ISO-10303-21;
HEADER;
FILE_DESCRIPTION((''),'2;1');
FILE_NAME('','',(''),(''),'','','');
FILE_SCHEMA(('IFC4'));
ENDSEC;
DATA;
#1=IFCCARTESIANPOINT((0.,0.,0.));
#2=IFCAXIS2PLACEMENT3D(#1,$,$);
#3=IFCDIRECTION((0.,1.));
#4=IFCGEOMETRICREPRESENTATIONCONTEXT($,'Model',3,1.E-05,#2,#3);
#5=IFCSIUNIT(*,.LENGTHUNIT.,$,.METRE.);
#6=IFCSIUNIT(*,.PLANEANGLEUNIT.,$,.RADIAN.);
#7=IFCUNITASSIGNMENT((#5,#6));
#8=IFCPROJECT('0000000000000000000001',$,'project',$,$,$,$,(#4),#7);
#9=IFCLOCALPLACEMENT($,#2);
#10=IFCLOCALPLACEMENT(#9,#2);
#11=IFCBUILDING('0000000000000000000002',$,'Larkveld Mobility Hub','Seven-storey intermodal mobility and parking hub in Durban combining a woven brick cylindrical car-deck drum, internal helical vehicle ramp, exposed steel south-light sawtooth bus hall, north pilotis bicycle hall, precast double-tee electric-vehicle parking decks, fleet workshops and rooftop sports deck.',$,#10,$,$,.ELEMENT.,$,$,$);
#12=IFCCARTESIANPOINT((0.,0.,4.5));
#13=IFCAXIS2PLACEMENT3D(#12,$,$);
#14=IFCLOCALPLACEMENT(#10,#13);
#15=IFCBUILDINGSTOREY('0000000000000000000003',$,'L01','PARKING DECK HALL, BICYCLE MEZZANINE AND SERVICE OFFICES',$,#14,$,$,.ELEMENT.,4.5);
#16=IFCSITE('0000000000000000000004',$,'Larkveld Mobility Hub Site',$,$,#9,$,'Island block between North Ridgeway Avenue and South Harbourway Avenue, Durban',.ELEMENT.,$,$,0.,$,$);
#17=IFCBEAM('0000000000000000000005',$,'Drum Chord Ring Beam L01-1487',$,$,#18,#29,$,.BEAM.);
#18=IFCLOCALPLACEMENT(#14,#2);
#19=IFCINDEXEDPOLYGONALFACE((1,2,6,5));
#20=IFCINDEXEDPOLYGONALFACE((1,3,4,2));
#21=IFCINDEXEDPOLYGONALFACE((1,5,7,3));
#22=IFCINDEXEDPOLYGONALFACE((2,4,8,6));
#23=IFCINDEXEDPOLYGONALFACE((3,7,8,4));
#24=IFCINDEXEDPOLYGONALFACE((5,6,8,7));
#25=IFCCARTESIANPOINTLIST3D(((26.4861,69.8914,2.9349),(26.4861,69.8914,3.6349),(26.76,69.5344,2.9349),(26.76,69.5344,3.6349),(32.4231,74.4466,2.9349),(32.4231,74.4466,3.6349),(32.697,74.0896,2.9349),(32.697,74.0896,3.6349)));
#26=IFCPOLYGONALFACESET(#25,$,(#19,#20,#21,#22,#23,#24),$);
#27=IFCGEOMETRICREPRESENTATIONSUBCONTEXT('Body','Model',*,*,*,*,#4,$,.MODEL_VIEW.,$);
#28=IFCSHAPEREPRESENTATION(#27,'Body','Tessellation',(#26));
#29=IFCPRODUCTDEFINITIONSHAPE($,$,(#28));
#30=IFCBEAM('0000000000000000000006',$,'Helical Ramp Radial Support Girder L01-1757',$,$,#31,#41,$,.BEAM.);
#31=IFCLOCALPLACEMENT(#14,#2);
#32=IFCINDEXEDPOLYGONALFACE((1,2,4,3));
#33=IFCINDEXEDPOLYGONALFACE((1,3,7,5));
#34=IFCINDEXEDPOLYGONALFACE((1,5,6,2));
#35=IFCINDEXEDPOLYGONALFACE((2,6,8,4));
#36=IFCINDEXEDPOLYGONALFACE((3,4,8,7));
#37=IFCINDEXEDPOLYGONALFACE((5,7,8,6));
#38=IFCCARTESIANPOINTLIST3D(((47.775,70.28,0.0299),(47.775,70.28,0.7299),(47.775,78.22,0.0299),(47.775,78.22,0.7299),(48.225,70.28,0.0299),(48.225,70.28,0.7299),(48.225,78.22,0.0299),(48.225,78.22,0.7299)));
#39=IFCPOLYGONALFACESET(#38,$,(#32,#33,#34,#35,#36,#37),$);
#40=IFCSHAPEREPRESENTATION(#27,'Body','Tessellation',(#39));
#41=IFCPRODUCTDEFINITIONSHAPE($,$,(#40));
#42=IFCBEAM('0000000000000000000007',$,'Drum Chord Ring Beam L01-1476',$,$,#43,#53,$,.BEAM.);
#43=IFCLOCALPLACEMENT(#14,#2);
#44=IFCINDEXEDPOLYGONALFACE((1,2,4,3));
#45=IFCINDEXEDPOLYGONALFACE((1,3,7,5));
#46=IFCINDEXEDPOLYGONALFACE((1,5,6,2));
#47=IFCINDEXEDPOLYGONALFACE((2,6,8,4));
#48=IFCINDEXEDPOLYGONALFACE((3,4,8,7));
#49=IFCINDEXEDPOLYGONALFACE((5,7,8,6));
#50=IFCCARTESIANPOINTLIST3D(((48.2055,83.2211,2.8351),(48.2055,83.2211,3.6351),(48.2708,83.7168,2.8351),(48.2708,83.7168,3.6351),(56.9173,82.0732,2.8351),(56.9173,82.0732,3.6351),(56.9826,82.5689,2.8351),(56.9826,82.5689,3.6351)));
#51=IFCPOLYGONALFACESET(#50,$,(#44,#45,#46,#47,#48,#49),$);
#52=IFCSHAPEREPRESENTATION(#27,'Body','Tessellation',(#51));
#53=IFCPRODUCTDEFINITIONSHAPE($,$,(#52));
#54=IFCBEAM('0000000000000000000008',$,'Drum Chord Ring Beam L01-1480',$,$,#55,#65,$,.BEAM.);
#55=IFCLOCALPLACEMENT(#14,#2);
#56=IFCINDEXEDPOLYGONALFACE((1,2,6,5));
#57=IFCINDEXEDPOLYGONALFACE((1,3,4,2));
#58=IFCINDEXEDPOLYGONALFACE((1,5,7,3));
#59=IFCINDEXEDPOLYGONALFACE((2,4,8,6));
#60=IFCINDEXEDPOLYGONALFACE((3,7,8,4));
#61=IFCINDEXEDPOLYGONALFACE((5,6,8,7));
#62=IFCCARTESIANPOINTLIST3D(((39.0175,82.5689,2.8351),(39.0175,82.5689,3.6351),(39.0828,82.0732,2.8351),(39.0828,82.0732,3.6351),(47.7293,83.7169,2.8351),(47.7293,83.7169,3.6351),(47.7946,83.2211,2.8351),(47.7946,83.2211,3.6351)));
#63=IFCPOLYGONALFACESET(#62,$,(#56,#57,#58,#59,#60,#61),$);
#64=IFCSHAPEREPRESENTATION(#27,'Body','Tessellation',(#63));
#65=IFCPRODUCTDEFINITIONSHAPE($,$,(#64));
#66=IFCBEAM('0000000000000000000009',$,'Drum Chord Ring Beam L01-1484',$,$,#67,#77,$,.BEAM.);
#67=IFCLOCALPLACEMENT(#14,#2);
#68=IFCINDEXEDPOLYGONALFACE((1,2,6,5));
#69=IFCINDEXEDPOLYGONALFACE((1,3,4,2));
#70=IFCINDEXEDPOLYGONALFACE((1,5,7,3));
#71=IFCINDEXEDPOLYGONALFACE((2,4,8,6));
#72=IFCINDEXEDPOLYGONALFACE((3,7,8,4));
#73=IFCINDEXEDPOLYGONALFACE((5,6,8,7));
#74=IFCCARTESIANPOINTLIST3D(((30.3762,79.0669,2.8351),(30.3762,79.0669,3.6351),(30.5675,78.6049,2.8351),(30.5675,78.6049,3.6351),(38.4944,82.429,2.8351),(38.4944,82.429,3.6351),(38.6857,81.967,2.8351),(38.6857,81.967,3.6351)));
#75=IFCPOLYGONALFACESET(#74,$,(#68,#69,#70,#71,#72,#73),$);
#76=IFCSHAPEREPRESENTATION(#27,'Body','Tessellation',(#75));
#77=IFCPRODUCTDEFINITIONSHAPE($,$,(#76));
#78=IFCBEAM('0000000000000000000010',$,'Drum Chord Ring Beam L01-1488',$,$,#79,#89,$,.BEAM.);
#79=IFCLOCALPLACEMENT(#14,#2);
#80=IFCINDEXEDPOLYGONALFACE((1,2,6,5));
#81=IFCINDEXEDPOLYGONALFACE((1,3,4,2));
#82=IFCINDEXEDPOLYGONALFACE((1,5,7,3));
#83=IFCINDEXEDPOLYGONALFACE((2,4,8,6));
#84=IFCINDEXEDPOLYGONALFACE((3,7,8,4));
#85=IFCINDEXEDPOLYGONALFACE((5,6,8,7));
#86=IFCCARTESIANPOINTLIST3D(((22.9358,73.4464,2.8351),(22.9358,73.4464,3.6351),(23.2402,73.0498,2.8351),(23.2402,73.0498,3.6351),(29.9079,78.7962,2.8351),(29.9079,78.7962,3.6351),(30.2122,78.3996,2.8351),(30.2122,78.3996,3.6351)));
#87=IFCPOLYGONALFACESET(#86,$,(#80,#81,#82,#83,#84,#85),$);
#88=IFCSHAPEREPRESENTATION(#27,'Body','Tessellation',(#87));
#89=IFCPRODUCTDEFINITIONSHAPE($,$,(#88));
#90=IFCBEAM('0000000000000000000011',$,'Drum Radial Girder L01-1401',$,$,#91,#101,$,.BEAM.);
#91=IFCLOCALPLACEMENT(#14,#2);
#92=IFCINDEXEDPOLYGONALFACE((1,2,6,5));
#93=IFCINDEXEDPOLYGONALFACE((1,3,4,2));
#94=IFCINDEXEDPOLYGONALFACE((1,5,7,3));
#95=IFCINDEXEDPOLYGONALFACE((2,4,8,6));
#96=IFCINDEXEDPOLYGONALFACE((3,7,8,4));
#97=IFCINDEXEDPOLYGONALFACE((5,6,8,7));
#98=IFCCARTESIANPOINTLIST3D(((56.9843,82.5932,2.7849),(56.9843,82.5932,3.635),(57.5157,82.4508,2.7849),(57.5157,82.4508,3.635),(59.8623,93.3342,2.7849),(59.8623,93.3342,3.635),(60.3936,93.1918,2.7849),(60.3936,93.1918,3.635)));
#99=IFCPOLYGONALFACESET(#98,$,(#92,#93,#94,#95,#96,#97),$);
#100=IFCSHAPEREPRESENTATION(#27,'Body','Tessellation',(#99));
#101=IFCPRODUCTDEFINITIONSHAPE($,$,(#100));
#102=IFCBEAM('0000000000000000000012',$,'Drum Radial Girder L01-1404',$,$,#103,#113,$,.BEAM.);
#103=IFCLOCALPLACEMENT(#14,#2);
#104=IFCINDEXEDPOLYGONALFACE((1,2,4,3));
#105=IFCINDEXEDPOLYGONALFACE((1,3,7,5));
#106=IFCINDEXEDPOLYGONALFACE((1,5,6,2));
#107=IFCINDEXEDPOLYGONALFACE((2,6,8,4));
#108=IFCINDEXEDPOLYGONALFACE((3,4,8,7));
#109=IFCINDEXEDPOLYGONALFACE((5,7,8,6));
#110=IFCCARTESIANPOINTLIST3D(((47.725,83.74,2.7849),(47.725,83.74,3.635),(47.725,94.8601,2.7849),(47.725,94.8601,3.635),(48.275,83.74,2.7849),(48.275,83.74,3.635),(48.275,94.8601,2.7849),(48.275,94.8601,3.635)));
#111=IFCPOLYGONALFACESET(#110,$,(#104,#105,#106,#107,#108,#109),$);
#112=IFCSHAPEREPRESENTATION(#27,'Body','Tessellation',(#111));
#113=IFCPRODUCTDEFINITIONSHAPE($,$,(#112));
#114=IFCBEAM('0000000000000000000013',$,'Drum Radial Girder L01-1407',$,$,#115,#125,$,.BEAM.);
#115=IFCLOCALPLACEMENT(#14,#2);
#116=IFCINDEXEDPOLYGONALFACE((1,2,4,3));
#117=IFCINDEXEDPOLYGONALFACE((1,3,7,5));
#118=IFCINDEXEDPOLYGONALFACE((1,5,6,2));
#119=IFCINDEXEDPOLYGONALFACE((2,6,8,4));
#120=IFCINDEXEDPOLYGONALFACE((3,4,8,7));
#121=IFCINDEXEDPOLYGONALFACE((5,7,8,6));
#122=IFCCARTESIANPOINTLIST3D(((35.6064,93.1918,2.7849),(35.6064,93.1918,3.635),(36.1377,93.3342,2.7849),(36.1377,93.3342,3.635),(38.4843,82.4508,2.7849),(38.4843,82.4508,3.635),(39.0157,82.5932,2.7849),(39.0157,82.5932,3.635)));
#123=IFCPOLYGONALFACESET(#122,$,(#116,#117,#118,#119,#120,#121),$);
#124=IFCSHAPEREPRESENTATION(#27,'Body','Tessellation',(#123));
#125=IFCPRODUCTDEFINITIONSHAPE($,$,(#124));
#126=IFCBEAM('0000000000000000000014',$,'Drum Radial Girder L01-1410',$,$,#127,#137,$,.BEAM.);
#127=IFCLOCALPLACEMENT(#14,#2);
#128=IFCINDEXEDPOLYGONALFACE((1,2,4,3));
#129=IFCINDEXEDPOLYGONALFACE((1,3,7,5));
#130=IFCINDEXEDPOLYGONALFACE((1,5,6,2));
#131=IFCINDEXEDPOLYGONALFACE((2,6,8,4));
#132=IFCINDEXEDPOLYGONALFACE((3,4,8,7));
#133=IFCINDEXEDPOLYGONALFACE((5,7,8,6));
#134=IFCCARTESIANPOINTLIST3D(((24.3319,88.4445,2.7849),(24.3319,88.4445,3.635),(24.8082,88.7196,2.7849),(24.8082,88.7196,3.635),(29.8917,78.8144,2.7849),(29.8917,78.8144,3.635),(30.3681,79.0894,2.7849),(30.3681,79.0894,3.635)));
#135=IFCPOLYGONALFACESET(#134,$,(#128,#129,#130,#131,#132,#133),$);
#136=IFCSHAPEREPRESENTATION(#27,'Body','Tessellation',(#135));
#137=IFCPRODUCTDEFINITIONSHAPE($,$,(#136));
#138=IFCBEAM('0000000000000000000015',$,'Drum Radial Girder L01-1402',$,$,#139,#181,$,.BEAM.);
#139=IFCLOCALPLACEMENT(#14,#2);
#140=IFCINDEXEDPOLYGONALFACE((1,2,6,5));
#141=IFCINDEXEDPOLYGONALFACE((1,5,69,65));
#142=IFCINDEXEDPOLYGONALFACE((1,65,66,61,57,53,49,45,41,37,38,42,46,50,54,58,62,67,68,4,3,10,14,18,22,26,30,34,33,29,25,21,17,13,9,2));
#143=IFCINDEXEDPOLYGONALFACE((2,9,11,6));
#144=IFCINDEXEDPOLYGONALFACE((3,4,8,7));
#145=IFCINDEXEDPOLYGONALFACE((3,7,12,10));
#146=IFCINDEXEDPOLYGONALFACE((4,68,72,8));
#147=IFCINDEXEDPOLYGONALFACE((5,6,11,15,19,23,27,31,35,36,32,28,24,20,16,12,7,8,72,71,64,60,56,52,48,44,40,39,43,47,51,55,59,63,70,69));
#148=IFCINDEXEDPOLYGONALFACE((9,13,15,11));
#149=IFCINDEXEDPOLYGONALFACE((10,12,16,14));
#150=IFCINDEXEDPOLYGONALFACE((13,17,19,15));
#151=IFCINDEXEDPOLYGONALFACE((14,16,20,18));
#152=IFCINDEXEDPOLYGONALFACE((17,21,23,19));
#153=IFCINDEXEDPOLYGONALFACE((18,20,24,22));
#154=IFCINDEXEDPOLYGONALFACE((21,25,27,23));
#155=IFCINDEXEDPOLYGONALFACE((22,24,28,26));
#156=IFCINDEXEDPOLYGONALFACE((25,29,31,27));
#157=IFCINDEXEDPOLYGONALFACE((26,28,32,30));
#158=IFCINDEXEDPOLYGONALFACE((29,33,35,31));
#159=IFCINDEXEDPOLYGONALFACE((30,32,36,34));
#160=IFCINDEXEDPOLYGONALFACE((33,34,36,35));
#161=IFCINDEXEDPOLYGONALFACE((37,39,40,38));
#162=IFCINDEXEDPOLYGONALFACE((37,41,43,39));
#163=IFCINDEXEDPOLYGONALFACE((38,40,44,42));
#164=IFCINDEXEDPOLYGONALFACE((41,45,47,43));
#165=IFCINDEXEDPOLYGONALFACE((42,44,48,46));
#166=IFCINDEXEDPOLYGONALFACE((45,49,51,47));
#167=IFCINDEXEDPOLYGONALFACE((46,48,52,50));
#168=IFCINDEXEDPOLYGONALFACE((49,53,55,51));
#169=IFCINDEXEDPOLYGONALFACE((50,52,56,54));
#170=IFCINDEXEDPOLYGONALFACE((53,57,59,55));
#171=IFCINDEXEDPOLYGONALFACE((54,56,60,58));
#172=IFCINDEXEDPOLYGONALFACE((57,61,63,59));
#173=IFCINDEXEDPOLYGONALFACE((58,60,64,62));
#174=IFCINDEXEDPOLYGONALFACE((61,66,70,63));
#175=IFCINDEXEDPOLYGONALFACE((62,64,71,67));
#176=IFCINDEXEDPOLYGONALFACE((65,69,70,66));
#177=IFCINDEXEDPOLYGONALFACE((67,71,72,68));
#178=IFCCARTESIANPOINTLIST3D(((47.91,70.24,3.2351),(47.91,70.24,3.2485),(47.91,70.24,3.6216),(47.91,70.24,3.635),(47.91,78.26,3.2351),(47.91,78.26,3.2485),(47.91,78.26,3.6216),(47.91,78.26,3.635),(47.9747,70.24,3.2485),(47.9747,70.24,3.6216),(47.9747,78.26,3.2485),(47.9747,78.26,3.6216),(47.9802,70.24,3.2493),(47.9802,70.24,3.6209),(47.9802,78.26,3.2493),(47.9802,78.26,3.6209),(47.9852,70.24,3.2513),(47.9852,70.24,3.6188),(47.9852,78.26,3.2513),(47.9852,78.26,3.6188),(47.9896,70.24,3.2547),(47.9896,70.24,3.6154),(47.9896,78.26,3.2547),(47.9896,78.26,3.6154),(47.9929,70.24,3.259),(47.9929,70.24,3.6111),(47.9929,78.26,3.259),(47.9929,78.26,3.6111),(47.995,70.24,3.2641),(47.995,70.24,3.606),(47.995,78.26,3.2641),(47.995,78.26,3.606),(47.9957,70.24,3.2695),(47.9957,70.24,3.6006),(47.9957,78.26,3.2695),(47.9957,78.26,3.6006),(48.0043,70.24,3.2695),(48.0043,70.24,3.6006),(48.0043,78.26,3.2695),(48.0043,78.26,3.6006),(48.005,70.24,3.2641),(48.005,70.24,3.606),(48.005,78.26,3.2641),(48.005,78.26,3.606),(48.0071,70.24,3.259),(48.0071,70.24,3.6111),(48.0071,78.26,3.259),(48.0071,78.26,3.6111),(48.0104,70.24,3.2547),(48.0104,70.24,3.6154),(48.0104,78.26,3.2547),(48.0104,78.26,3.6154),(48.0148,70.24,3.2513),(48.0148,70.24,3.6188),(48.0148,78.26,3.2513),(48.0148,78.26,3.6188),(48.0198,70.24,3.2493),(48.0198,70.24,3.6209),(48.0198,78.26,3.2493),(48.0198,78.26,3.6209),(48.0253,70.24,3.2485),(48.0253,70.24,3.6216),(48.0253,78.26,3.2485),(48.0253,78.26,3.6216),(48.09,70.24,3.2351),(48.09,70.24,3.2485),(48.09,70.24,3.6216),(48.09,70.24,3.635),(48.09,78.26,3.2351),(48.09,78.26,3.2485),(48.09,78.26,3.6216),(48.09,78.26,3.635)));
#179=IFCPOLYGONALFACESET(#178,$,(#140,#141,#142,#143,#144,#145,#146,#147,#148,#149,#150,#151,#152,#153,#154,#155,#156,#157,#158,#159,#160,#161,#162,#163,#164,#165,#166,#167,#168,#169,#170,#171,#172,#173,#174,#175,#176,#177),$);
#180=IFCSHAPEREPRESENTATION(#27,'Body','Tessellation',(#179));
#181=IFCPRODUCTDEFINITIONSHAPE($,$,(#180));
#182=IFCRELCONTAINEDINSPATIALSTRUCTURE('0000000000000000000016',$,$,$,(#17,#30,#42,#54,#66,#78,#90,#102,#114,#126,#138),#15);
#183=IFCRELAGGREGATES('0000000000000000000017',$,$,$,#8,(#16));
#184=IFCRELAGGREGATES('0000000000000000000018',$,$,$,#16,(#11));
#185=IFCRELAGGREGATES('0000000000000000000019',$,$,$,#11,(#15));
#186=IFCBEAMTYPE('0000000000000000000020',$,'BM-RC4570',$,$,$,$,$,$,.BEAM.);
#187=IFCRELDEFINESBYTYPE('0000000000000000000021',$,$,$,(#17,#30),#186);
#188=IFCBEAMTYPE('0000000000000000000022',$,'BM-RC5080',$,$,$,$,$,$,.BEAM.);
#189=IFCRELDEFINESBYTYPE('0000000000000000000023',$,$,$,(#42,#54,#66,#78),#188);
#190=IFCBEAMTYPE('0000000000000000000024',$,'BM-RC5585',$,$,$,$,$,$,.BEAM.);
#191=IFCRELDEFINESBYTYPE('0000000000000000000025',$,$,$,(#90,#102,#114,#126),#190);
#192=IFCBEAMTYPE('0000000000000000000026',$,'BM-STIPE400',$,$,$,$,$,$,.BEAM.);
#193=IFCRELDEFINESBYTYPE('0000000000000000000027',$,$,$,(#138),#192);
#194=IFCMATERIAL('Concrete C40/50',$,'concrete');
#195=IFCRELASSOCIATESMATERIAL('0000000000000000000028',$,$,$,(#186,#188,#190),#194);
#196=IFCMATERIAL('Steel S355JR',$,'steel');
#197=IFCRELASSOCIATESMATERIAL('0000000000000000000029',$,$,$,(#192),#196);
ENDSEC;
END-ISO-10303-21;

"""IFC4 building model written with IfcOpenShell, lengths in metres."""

from ifc_helpers import new_model, si_unit, direction, frame, origin, origin_2d, place, context, subcontext, project, spatial, rectangle, i_section, extrude, material, material_profile, profile_set, type_object, element, save


model = new_model("IFC4")

# Units and contexts
model_context = context("Model", 3, precision=1e-05, world=origin(), true_north=direction((0.0, 1.0)))
body_context = subcontext(model_context, "Body", "Model", "MODEL_VIEW")
ifc_project = project(units=[si_unit("LENGTHUNIT", "METRE"), si_unit("PLANEANGLEUNIT", "RADIAN")], contexts=[model_context])

# Site, building, storey
site_placement = place(None, origin())
site = spatial("IfcSite", under=ifc_project, at=site_placement, Name="Larkveld Mobility Hub Site", LongName="Island block between North Ridgeway Avenue and South Harbourway Avenue, Durban", CompositionType="ELEMENT", RefElevation=0.0)
building_placement = place(site_placement, origin())
building = spatial("IfcBuilding", under=site, at=building_placement, Name="Larkveld Mobility Hub", Description="Seven-storey intermodal mobility and parking hub in Durban combining a woven brick cylindrical car-deck drum, internal helical vehicle ramp, exposed steel south-light sawtooth bus hall, north pilotis bicycle hall, precast double-tee electric-vehicle parking decks, fleet workshops and rooftop sports deck.", CompositionType="ELEMENT")
storey_placement = place(building_placement, frame((0.0, 0.0, 4.5)))
storey = spatial("IfcBuildingStorey", under=building, at=storey_placement, Name="L01", Description="PARKING DECK HALL, BICYCLE MEZZANINE AND SERVICE OFFICES", CompositionType="ELEMENT", Elevation=4.5)

# Shared definitions
ifc_material_1 = material(Name="Concrete C40/50", Category="concrete")

# Beams
ifc_material_profile_1 = material_profile(ifc_material_1, rectangle(XDim=0.45, YDim=0.7, at=origin_2d()), Name="RC BM 450x700")
ifc_profile_set_1 = profile_set([ifc_material_profile_1], Name="Concrete C40/50")
beam_type_1 = type_object("IfcBeamType", Name="BM-RC4570", PredefinedType="BEAM", material=ifc_profile_set_1)
beam_1_placement = place(storey_placement, frame((32.5601, 74.2681, 3.2849), z_axis=(-0.793383, -0.608723, 0.0), x_axis=(0.608723, -0.793383, 0.0)))
element("IfcBeam", 1, at=beam_1_placement, inside=storey, type_object=beam_type_1, Name="Drum Chord Ring Beam L01-1487", PredefinedType="BEAM", context=body_context, shape_type="SweptSolid", body=[
    extrude(rectangle(XDim=0.45, YDim=0.7, at=origin_2d()), origin(), (0.0, 0.0, 1.0), 7.4832),
])
beam_2_placement = place(storey_placement, frame((48.0, 70.28, 0.3799), z_axis=(0.0, 1.0, 0.0), x_axis=(-1.0, 0.0, 0.0)))
element("IfcBeam", 2, at=beam_2_placement, inside=storey, type_object=beam_type_1, Name="Helical Ramp Radial Support Girder L01-1757", PredefinedType="BEAM", context=body_context, shape_type="SweptSolid", body=[
    extrude(rectangle(XDim=0.45, YDim=0.7, at=origin_2d()), origin(), (0.0, 0.0, 1.0), 7.9399),
])
ifc_material_profile_2 = material_profile(ifc_material_1, rectangle(XDim=0.5, YDim=0.8, at=origin_2d()), Name="RC BM 500x800")
ifc_profile_set_2 = profile_set([ifc_material_profile_2], Name="Concrete C40/50")
beam_type_2 = type_object("IfcBeamType", Name="BM-RC5080", PredefinedType="BEAM", material=ifc_profile_set_2)
for number, where, z_axis, x_axis, name in (
    (3, (56.95, 82.321, 3.2351), (-0.99143, 0.130638, 0.0), (-0.130638, -0.99143, 0.0), "Drum Chord Ring Beam L01-1476"),
    (4, (47.762, 83.469, 3.2351), (-0.99143, -0.130638, 0.0), (0.130638, -0.99143, 0.0), "Drum Chord Ring Beam L01-1480"),
):
    element("IfcBeam", number, at=place(storey_placement, frame(where, z_axis=z_axis, x_axis=x_axis)), inside=storey, type_object=beam_type_2, Name=name, PredefinedType="BEAM", context=body_context, shape_type="SweptSolid", body=[
        extrude(rectangle(XDim=0.5, YDim=0.8, at=origin_2d()), origin(), (0.0, 0.0, 1.0), 8.7871),
    ])
beam_3_placement = place(storey_placement, frame((38.5901, 82.198, 3.2351), z_axis=(-0.923903, -0.382626, 0.0), x_axis=(0.382626, -0.923903, 0.0)))
element("IfcBeam", 5, at=beam_3_placement, inside=storey, type_object=beam_type_2, Name="Drum Chord Ring Beam L01-1484", PredefinedType="BEAM", context=body_context, shape_type="SweptSolid", body=[
    extrude(rectangle(XDim=0.5, YDim=0.8, at=origin_2d()), origin(), (0.0, 0.0, 1.0), 8.7869),
])
beam_4_placement = place(storey_placement, frame((30.0601, 78.5979, 3.2351), z_axis=(-0.793358, -0.608756, 0.0), x_axis=(0.608756, -0.793358, 0.0)))
element("IfcBeam", 6, at=beam_4_placement, inside=storey, type_object=beam_type_2, Name="Drum Chord Ring Beam L01-1488", PredefinedType="BEAM", context=body_context, shape_type="SweptSolid", body=[
    extrude(rectangle(XDim=0.5, YDim=0.8, at=origin_2d()), origin(), (0.0, 0.0, 1.0), 8.7881),
])
ifc_material_profile_3 = material_profile(ifc_material_1, rectangle(XDim=0.55, YDim=0.8501, at=origin_2d()), Name="RC BM 550x850")
ifc_profile_set_3 = profile_set([ifc_material_profile_3], Name="Concrete C40/50")
beam_type_3 = type_object("IfcBeamType", Name="BM-RC5585", PredefinedType="BEAM", material=ifc_profile_set_3)
beam_5_placement = place(storey_placement, frame((57.25, 82.522, 3.21), z_axis=(0.25881, 0.965928, 0.0), x_axis=(-0.965928, 0.25881, 0.0)))
element("IfcBeam", 7, at=beam_5_placement, inside=storey, type_object=beam_type_3, Name="Drum Radial Girder L01-1401", PredefinedType="BEAM", context=body_context, shape_type="SweptSolid", body=[
    extrude(rectangle(XDim=0.55, YDim=0.8501, at=origin_2d()), origin(), (0.0, 0.0, 1.0), 11.1199),
])
beam_6_placement = place(storey_placement, frame((48.0, 83.74, 3.21), z_axis=(0.0, 1.0, 0.0), x_axis=(-1.0, 0.0, 0.0)))
element("IfcBeam", 8, at=beam_6_placement, inside=storey, type_object=beam_type_3, Name="Drum Radial Girder L01-1404", PredefinedType="BEAM", context=body_context, shape_type="SweptSolid", body=[
    extrude(rectangle(XDim=0.55, YDim=0.8501, at=origin_2d()), origin(), (0.0, 0.0, 1.0), 11.1201),
])
for number, where, z_axis, x_axis, name in (
    (9, (38.75, 82.522, 3.21), (-0.25881, 0.965928, 0.0), (-0.965928, -0.25881, 0.0), "Drum Radial Girder L01-1407"),
    (10, (30.1299, 78.9519, 3.21), (-0.49999, 0.866031, 0.0), (-0.866031, -0.49999, 0.0), "Drum Radial Girder L01-1410"),
):
    element("IfcBeam", number, at=place(storey_placement, frame(where, z_axis=z_axis, x_axis=x_axis)), inside=storey, type_object=beam_type_3, Name=name, PredefinedType="BEAM", context=body_context, shape_type="SweptSolid", body=[
        extrude(rectangle(XDim=0.55, YDim=0.8501, at=origin_2d()), origin(), (0.0, 0.0, 1.0), 11.1199),
    ])
ifc_material_2 = material(Name="Steel S355JR", Category="steel")
ifc_material_profile_4 = material_profile(ifc_material_2, i_section(OverallWidth=0.1799, OverallDepth=0.3999, WebThickness=0.0085, FlangeThickness=0.0134, FilletRadius=0.021, at=origin_2d()), Name="IPE 400")
ifc_profile_set_4 = profile_set([ifc_material_profile_4], Name="Steel S355JR")
beam_type_4 = type_object("IfcBeamType", Name="BM-STIPE400", PredefinedType="BEAM", material=ifc_profile_set_4)
beam_7_placement = place(storey_placement, frame((48.0, 70.24, 3.4351), z_axis=(0.0, 1.0, 0.0), x_axis=(-1.0, 0.0, 0.0)))
element("IfcBeam", 11, at=beam_7_placement, inside=storey, type_object=beam_type_4, Name="Drum Radial Girder L01-1402", PredefinedType="BEAM", context=body_context, shape_type="SweptSolid", body=[
    extrude(i_section(OverallWidth=0.1799, OverallDepth=0.3999, WebThickness=0.0085, FlangeThickness=0.0134, FilletRadius=0.021, at=origin_2d()), origin(), (0.0, 0.0, 1.0), 8.02),
])

save(model, "model.ifc")
